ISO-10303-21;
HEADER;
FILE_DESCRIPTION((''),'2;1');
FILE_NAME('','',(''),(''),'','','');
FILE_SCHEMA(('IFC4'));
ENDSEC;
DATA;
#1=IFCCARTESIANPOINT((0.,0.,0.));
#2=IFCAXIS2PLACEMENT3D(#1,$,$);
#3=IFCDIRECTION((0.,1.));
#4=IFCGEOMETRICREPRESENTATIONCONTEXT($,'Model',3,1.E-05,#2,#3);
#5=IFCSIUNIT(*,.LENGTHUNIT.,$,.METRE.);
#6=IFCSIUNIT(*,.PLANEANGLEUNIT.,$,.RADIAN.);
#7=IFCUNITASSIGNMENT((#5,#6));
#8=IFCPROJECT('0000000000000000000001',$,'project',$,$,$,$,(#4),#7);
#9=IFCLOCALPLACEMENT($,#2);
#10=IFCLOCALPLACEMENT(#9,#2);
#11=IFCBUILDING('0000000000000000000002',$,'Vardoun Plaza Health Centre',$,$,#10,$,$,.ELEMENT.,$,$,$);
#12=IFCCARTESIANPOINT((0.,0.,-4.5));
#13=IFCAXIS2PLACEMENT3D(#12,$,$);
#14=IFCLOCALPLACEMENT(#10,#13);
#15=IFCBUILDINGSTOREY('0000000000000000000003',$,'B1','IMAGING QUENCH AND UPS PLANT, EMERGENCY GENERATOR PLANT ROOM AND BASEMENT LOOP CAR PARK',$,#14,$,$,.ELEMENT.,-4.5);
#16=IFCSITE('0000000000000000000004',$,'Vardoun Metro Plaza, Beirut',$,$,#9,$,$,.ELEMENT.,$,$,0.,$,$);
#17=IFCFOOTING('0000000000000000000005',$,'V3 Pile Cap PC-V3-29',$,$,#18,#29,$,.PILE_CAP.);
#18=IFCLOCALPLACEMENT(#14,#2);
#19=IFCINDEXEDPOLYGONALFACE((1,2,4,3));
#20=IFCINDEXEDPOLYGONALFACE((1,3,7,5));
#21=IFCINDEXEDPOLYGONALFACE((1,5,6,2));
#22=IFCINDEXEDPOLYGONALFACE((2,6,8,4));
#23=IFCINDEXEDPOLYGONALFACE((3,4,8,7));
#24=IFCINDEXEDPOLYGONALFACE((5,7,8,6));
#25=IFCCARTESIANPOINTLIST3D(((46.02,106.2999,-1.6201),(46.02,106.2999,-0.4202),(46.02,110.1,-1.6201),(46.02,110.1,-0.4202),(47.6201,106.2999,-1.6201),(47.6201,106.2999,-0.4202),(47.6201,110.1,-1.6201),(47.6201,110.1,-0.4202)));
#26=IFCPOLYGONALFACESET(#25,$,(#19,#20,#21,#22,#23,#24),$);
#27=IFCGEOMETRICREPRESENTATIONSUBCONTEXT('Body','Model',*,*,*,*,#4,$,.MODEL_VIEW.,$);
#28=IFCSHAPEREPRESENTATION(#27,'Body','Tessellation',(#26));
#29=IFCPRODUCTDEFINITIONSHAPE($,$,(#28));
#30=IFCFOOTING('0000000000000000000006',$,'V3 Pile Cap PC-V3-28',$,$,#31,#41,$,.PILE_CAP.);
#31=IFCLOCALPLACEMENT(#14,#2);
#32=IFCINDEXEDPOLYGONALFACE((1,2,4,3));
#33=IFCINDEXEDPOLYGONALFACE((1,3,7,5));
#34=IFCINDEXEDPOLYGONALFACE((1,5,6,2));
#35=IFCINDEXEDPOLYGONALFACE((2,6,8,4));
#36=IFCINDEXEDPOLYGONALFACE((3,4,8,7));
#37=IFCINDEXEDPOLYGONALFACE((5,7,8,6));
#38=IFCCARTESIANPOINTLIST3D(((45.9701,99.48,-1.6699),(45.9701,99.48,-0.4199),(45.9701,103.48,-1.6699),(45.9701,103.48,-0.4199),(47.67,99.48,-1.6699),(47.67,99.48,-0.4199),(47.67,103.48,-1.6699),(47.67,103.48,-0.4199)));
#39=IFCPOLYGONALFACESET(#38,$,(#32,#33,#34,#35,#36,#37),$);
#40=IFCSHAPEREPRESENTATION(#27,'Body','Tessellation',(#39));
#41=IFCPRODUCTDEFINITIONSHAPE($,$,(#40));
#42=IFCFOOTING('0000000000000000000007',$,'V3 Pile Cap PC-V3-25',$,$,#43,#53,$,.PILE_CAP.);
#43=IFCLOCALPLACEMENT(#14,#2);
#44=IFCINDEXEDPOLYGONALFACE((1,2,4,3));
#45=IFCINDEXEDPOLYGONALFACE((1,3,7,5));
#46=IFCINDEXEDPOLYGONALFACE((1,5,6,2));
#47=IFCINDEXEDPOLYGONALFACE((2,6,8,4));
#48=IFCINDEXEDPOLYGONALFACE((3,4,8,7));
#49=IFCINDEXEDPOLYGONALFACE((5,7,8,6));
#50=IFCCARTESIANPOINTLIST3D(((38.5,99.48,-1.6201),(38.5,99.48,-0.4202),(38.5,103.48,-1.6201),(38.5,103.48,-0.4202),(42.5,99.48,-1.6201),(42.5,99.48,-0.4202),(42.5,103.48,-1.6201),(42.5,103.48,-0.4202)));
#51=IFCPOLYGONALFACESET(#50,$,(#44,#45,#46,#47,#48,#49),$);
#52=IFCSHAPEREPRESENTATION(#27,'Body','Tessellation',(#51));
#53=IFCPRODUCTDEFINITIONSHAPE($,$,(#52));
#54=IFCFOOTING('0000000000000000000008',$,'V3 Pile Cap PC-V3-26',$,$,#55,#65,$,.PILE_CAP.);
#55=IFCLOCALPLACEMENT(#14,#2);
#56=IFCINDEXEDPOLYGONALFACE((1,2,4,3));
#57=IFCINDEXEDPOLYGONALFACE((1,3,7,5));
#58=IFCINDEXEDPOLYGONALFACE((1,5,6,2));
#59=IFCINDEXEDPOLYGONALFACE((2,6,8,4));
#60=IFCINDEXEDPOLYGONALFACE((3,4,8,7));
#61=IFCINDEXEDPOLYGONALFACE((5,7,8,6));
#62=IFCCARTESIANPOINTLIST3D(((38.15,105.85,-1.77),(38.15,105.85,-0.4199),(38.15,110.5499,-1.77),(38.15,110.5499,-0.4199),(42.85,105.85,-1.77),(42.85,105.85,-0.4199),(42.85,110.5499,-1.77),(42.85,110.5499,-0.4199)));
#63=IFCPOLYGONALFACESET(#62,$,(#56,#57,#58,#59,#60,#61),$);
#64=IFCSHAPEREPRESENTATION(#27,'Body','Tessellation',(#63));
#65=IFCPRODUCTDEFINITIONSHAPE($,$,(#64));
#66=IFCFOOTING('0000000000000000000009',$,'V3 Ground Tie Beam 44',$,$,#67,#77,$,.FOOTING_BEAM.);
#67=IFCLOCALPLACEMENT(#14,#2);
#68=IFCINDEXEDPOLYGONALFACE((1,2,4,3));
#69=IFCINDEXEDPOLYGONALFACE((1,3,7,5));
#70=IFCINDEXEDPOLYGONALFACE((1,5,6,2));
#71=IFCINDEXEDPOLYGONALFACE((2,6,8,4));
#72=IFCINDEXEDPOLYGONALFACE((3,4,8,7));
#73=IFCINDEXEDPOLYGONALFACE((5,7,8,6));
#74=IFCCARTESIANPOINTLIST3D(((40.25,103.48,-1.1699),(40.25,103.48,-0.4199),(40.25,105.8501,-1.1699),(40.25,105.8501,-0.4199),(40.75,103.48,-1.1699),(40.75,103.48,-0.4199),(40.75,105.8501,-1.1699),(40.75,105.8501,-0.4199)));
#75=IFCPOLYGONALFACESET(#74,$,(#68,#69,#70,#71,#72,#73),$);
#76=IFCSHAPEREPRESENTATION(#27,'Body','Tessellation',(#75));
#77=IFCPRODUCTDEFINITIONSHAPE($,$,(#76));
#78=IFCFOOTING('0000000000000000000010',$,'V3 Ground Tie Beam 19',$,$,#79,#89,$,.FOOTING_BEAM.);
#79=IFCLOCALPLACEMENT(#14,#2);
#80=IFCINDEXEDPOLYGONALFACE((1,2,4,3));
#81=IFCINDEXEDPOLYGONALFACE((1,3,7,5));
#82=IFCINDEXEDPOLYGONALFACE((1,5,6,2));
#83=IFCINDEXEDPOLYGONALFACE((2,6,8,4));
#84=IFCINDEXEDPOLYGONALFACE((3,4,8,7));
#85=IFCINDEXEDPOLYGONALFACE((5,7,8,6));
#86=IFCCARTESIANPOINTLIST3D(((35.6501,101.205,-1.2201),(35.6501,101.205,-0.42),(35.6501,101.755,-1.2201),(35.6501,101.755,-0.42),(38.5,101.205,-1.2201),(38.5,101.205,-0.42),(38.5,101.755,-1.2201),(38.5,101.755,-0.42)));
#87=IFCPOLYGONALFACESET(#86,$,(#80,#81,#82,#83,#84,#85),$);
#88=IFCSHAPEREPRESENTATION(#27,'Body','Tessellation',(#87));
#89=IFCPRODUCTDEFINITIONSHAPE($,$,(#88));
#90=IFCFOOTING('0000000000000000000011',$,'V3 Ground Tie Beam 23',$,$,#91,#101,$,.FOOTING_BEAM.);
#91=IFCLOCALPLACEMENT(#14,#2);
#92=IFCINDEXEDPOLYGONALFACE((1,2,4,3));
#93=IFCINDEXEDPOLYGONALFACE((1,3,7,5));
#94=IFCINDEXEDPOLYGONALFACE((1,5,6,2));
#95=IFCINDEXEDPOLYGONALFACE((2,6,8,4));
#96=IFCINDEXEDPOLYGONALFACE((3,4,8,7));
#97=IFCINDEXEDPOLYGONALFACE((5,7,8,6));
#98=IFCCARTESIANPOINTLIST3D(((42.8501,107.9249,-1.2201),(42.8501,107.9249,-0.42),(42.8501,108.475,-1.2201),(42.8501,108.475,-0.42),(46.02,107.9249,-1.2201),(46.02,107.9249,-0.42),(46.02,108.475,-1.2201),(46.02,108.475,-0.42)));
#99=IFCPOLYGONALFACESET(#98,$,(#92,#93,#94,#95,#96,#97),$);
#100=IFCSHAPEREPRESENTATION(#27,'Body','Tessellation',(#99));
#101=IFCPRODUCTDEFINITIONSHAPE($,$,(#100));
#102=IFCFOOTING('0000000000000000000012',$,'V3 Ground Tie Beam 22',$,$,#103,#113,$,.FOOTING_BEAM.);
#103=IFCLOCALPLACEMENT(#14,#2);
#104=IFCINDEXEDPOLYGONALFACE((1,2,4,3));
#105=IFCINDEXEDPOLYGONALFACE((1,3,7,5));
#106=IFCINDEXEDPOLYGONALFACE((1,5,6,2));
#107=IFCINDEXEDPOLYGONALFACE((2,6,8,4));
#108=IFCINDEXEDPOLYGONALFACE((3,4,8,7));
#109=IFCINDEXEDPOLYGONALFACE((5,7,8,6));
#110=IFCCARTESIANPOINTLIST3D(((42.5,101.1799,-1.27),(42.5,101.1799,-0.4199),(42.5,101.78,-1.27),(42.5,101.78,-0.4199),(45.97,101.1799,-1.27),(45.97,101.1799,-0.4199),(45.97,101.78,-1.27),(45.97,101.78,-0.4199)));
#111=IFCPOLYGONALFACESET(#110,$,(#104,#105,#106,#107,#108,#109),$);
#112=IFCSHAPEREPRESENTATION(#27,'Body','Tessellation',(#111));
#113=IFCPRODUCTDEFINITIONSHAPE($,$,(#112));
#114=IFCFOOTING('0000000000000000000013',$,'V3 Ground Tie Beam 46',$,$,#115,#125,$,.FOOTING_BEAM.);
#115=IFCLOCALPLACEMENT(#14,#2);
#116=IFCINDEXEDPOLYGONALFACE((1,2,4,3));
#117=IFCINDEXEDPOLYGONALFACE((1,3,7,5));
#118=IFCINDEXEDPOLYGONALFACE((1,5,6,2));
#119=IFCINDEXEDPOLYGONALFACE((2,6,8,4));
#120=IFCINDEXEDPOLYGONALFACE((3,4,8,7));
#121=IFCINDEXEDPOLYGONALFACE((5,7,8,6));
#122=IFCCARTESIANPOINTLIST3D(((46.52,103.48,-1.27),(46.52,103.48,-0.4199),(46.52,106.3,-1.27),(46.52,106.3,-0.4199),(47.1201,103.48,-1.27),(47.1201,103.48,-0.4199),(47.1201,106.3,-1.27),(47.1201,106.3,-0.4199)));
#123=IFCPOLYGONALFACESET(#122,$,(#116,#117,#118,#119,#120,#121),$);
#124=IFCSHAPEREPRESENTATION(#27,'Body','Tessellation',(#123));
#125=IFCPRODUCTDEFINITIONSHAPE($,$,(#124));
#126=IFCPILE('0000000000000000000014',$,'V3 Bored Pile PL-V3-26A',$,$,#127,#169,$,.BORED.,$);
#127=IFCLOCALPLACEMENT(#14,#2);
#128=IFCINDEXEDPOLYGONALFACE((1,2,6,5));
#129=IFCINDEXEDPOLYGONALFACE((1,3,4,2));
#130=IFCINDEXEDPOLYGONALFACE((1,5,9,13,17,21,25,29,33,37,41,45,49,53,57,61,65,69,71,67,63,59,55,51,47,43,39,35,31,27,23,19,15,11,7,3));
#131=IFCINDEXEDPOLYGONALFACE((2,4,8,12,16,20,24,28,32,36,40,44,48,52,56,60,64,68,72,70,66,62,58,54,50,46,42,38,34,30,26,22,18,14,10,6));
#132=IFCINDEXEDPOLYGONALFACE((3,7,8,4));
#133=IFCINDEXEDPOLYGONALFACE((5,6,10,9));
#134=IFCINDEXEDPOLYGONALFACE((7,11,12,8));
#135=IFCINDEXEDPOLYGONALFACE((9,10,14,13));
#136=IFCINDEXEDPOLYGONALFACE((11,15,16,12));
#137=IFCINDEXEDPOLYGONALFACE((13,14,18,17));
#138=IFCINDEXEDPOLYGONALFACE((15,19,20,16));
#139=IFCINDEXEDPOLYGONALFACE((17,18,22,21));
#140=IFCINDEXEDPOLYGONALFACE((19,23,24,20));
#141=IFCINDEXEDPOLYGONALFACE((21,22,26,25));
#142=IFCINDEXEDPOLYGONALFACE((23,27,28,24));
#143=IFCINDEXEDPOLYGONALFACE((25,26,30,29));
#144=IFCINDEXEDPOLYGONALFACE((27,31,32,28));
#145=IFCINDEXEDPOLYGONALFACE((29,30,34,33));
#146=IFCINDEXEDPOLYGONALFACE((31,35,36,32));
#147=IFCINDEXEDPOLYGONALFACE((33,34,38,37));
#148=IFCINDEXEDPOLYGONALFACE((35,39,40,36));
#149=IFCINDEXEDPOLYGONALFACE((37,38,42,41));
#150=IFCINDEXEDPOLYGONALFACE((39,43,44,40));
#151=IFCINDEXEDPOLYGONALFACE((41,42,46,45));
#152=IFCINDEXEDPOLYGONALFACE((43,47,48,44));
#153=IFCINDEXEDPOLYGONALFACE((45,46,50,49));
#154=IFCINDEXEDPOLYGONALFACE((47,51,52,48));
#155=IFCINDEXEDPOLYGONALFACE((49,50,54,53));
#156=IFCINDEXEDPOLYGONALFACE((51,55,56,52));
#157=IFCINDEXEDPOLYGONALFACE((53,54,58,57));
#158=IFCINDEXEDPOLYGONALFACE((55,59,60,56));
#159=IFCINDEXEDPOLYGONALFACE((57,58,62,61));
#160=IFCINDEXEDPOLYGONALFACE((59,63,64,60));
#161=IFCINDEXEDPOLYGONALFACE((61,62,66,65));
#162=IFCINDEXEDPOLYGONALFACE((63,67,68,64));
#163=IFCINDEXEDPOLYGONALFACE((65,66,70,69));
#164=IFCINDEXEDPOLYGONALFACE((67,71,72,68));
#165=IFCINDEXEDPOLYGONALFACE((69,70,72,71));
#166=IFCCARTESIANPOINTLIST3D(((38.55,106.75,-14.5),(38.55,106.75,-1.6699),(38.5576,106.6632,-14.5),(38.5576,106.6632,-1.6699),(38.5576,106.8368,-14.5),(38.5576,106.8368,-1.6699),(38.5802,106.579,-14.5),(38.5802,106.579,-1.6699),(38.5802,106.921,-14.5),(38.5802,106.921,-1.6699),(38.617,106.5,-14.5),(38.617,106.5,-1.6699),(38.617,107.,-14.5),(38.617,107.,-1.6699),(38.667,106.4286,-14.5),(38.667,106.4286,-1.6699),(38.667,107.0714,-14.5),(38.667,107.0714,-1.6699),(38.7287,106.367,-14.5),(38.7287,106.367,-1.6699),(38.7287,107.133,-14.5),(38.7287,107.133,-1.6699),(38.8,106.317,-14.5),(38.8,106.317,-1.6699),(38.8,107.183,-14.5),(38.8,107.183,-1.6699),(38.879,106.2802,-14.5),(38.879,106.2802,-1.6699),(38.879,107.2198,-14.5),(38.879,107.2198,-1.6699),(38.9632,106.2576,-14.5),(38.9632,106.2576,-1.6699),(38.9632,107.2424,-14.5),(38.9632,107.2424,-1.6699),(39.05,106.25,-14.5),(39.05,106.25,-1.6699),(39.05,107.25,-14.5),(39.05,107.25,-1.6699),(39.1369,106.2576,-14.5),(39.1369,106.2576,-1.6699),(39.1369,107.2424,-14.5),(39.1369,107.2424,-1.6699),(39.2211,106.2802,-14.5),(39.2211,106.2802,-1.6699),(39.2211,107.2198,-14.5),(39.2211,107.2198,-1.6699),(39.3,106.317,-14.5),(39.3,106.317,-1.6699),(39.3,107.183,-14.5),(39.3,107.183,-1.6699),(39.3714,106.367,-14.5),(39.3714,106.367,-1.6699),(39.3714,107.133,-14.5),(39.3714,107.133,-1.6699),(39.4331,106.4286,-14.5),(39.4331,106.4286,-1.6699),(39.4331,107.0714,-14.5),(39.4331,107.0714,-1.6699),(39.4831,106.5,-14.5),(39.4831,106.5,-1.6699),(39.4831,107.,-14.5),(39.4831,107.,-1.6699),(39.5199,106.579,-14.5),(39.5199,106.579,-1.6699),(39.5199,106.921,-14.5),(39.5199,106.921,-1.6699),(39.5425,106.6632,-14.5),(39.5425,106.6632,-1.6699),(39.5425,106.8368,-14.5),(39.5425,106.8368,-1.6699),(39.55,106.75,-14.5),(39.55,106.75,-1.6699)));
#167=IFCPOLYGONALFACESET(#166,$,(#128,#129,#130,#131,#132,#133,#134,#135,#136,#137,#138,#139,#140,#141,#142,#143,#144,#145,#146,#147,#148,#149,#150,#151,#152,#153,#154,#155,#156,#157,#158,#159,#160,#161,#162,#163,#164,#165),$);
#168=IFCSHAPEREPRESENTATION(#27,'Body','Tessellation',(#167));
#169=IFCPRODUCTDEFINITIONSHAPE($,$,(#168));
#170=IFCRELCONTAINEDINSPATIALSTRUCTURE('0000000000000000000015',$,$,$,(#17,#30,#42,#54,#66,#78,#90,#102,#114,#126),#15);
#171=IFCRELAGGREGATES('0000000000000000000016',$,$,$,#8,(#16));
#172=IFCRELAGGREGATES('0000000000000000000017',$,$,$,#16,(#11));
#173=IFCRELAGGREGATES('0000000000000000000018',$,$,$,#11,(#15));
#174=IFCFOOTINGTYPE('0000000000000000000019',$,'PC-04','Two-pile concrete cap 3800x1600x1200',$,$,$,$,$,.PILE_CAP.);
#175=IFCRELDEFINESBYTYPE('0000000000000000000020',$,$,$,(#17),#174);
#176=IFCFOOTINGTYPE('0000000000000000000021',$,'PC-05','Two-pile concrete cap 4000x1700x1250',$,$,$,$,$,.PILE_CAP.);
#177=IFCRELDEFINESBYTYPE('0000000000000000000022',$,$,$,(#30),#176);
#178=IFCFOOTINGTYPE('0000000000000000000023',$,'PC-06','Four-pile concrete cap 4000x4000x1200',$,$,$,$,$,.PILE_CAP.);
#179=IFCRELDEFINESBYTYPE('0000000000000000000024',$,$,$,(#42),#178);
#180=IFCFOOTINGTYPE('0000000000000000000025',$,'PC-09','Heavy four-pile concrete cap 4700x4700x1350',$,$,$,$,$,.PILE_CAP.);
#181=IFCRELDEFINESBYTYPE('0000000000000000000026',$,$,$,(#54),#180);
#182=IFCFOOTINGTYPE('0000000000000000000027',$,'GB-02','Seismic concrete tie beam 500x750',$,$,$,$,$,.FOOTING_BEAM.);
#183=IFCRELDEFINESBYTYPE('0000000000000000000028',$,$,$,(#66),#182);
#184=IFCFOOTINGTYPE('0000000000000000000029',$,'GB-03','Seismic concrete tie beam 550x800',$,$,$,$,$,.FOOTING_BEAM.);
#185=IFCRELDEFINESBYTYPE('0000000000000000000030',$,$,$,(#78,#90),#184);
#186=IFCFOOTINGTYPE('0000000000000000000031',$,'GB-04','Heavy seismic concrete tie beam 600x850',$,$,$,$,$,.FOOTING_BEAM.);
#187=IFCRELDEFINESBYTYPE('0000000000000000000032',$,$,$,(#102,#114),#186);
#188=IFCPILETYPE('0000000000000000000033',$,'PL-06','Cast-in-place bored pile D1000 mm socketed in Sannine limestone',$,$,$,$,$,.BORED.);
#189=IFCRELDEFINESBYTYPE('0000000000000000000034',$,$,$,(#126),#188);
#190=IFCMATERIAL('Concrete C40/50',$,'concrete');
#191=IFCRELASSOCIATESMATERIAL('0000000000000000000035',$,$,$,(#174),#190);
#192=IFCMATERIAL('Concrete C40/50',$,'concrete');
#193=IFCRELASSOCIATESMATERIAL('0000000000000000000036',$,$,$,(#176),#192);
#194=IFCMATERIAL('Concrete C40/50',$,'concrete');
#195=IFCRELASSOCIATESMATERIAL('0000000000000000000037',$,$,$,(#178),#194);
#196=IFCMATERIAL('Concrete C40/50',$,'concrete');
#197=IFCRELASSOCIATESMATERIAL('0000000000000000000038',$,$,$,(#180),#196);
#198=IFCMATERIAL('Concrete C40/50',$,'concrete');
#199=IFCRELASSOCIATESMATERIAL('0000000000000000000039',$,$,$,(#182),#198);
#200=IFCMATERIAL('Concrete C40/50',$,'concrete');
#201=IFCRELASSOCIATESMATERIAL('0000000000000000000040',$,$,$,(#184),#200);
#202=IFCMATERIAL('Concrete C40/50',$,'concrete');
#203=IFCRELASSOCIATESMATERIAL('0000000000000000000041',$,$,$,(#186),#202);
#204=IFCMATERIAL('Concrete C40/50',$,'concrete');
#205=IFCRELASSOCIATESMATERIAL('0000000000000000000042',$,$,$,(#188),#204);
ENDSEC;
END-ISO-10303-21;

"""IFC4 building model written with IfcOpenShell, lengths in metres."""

from ifc_helpers import new_model, si_unit, direction, frame, origin, origin_2d, place, context, subcontext, project, spatial, rectangle, circle, extrude, material, material_profile, profile_set, type_object, element, save


model = new_model("IFC4")

# Units and contexts
model_context = context("Model", 3, precision=1e-05, world=origin(), true_north=direction((0.0, 1.0)))
body_context = subcontext(model_context, "Body", "Model", "MODEL_VIEW")
ifc_project = project(units=[si_unit("LENGTHUNIT", "METRE"), si_unit("PLANEANGLEUNIT", "RADIAN")], contexts=[model_context])

# Site, building, storey
site_placement = place(None, origin())
site = spatial("IfcSite", under=ifc_project, at=site_placement, Name="Vardoun Metro Plaza, Beirut", CompositionType="ELEMENT", RefElevation=0.0)
building_placement = place(site_placement, origin())
building = spatial("IfcBuilding", under=site, at=building_placement, Name="Vardoun Plaza Health Centre", CompositionType="ELEMENT")
storey_placement = place(building_placement, frame((0.0, 0.0, -4.5)))
storey = spatial("IfcBuildingStorey", under=building, at=storey_placement, Name="B1", Description="IMAGING QUENCH AND UPS PLANT, EMERGENCY GENERATOR PLANT ROOM AND BASEMENT LOOP CAR PARK", CompositionType="ELEMENT", Elevation=-4.5)

# Footings
ifc_material_1 = material(Name="Concrete C40/50", Category="concrete")
footing_type_1 = type_object("IfcFootingType", Name="PC-04", Description="Two-pile concrete cap 3800x1600x1200", PredefinedType="PILE_CAP", material=ifc_material_1)
footing_1_placement = place(storey_placement, frame((46.8201, 108.2, -1.6201), z_axis=(0.0, 0.0, 1.0), x_axis=(0.0, 1.0, 0.0)))
element("IfcFooting", 1, at=footing_1_placement, inside=storey, type_object=footing_type_1, Name="V3 Pile Cap PC-V3-29", PredefinedType="PILE_CAP", context=body_context, shape_type="SweptSolid", body=[
    extrude(rectangle(XDim=3.8, YDim=1.6001, at=origin_2d()), origin(), (0.0, 0.0, 1.0), 1.2),
])
ifc_material_2 = material(Name="Concrete C40/50", Category="concrete")
footing_type_2 = type_object("IfcFootingType", Name="PC-05", Description="Two-pile concrete cap 4000x1700x1250", PredefinedType="PILE_CAP", material=ifc_material_2)
footing_2_placement = place(storey_placement, frame((46.8201, 101.48, -1.6699), z_axis=(0.0, 0.0, 1.0), x_axis=(0.0, 1.0, 0.0)))
element("IfcFooting", 2, at=footing_2_placement, inside=storey, type_object=footing_type_2, Name="V3 Pile Cap PC-V3-28", PredefinedType="PILE_CAP", context=body_context, shape_type="SweptSolid", body=[
    extrude(rectangle(XDim=4.0, YDim=1.7, at=origin_2d()), origin(), (0.0, 0.0, 1.0), 1.25),
])
ifc_material_3 = material(Name="Concrete C40/50", Category="concrete")
footing_type_3 = type_object("IfcFootingType", Name="PC-06", Description="Four-pile concrete cap 4000x4000x1200", PredefinedType="PILE_CAP", material=ifc_material_3)
footing_3_placement = place(storey_placement, frame((40.5, 101.48, -1.6201), z_axis=(0.0, 0.0, 1.0), x_axis=(1.0, 0.0, 0.0)))
element("IfcFooting", 3, at=footing_3_placement, inside=storey, type_object=footing_type_3, Name="V3 Pile Cap PC-V3-25", PredefinedType="PILE_CAP", context=body_context, shape_type="SweptSolid", body=[
    extrude(rectangle(XDim=4.0, YDim=4.0, at=origin_2d()), origin(), (0.0, 0.0, 1.0), 1.2),
])
ifc_material_4 = material(Name="Concrete C40/50", Category="concrete")
footing_type_4 = type_object("IfcFootingType", Name="PC-09", Description="Heavy four-pile concrete cap 4700x4700x1350", PredefinedType="PILE_CAP", material=ifc_material_4)
footing_4_placement = place(storey_placement, frame((40.5, 108.2, -1.77), z_axis=(0.0, 0.0, 1.0), x_axis=(1.0, 0.0, 0.0)))
element("IfcFooting", 4, at=footing_4_placement, inside=storey, type_object=footing_type_4, Name="V3 Pile Cap PC-V3-26", PredefinedType="PILE_CAP", context=body_context, shape_type="SweptSolid", body=[
    extrude(rectangle(XDim=4.7, YDim=4.7, at=origin_2d()), origin(), (0.0, 0.0, 1.0), 1.3501),
])
ifc_material_5 = material(Name="Concrete C40/50", Category="concrete")
ifc_material_profile_1 = material_profile(ifc_material_5, rectangle(XDim=0.5, YDim=0.75, at=origin_2d()), Name="GB 500x750")
ifc_profile_set_1 = profile_set([ifc_material_profile_1], Name="Concrete C40/50")
footing_type_5 = type_object("IfcFootingType", Name="GB-02", Description="Seismic concrete tie beam 500x750", PredefinedType="FOOTING_BEAM", material=ifc_profile_set_1)
footing_5_placement = place(storey_placement, frame((40.5, 103.48, -0.7949), z_axis=(0.0, 1.0, 0.0), x_axis=(-1.0, 0.0, 0.0)))
element("IfcFooting", 5, at=footing_5_placement, inside=storey, type_object=footing_type_5, Name="V3 Ground Tie Beam 44", PredefinedType="FOOTING_BEAM", context=body_context, shape_type="SweptSolid", body=[
    extrude(rectangle(XDim=0.5, YDim=0.75, at=origin_2d()), origin(), (0.0, 0.0, 1.0), 2.3701),
])
ifc_material_6 = material(Name="Concrete C40/50", Category="concrete")
ifc_material_profile_2 = material_profile(ifc_material_6, rectangle(XDim=0.55, YDim=0.8, at=origin_2d()), Name="GB 550x800")
ifc_profile_set_2 = profile_set([ifc_material_profile_2], Name="Concrete C40/50")
footing_type_6 = type_object("IfcFootingType", Name="GB-03", Description="Seismic concrete tie beam 550x800", PredefinedType="FOOTING_BEAM", material=ifc_profile_set_2)
footing_6_placement = place(storey_placement, frame((35.6501, 101.48, -0.8201), z_axis=(1.0, 0.0, 0.0), x_axis=(0.0, 1.0, 0.0)))
element("IfcFooting", 6, at=footing_6_placement, inside=storey, type_object=footing_type_6, Name="V3 Ground Tie Beam 19", PredefinedType="FOOTING_BEAM", context=body_context, shape_type="SweptSolid", body=[
    extrude(rectangle(XDim=0.55, YDim=0.8, at=origin_2d()), origin(), (0.0, 0.0, 1.0), 2.8499),
])
footing_7_placement = place(storey_placement, frame((42.8501, 108.2, -0.8201), z_axis=(1.0, 0.0, 0.0), x_axis=(0.0, 1.0, 0.0)))
element("IfcFooting", 7, at=footing_7_placement, inside=storey, type_object=footing_type_6, Name="V3 Ground Tie Beam 23", PredefinedType="FOOTING_BEAM", context=body_context, shape_type="SweptSolid", body=[
    extrude(rectangle(XDim=0.55, YDim=0.8, at=origin_2d()), origin(), (0.0, 0.0, 1.0), 3.1699),
])
ifc_material_7 = material(Name="Concrete C40/50", Category="concrete")
ifc_material_profile_3 = material_profile(ifc_material_7, rectangle(XDim=0.6001, YDim=0.8501, at=origin_2d()), Name="GB 600x850")
ifc_profile_set_3 = profile_set([ifc_material_profile_3], Name="Concrete C40/50")
footing_type_7 = type_object("IfcFootingType", Name="GB-04", Description="Heavy seismic concrete tie beam 600x850", PredefinedType="FOOTING_BEAM", material=ifc_profile_set_3)
footing_8_placement = place(storey_placement, frame((42.5, 101.48, -0.845), z_axis=(1.0, 0.0, 0.0), x_axis=(0.0, 1.0, 0.0)))
element("IfcFooting", 8, at=footing_8_placement, inside=storey, type_object=footing_type_7, Name="V3 Ground Tie Beam 22", PredefinedType="FOOTING_BEAM", context=body_context, shape_type="SweptSolid", body=[
    extrude(rectangle(XDim=0.6001, YDim=0.8501, at=origin_2d()), origin(), (0.0, 0.0, 1.0), 3.47),
])
footing_9_placement = place(storey_placement, frame((46.8201, 103.48, -0.845), z_axis=(0.0, 1.0, 0.0), x_axis=(-1.0, 0.0, 0.0)))
element("IfcFooting", 9, at=footing_9_placement, inside=storey, type_object=footing_type_7, Name="V3 Ground Tie Beam 46", PredefinedType="FOOTING_BEAM", context=body_context, shape_type="SweptSolid", body=[
    extrude(rectangle(XDim=0.6001, YDim=0.8501, at=origin_2d()), origin(), (0.0, 0.0, 1.0), 2.8201),
])

# Pile
ifc_material_8 = material(Name="Concrete C40/50", Category="concrete")
ifc_material_profile_4 = material_profile(ifc_material_8, circle(Radius=0.5, at=origin_2d()), Name="PILE D1000")
ifc_profile_set_4 = profile_set([ifc_material_profile_4], Name="Concrete C40/50")
pile_type_1 = type_object("IfcPileType", Name="PL-06", Description="Cast-in-place bored pile D1000 mm socketed in Sannine limestone", PredefinedType="BORED", material=ifc_profile_set_4)
for number, where, z_axis, x_axis, name in (
    (10, (39.05, 106.75, -1.6699), (0.0, 0.0, -1.0), (1.0, 0.0, 0.0), "V3 Bored Pile PL-V3-26A"),
):
    element("IfcPile", number, at=place(storey_placement, frame(where, z_axis=z_axis, x_axis=x_axis)), inside=storey, type_object=pile_type_1, Name=name, PredefinedType="BORED", context=body_context, shape_type="SweptSolid", body=[
        extrude(circle(Radius=0.5, at=origin_2d()), origin(), (0.0, 0.0, 1.0), 12.8301),
    ])

save(model, "model.ifc")
